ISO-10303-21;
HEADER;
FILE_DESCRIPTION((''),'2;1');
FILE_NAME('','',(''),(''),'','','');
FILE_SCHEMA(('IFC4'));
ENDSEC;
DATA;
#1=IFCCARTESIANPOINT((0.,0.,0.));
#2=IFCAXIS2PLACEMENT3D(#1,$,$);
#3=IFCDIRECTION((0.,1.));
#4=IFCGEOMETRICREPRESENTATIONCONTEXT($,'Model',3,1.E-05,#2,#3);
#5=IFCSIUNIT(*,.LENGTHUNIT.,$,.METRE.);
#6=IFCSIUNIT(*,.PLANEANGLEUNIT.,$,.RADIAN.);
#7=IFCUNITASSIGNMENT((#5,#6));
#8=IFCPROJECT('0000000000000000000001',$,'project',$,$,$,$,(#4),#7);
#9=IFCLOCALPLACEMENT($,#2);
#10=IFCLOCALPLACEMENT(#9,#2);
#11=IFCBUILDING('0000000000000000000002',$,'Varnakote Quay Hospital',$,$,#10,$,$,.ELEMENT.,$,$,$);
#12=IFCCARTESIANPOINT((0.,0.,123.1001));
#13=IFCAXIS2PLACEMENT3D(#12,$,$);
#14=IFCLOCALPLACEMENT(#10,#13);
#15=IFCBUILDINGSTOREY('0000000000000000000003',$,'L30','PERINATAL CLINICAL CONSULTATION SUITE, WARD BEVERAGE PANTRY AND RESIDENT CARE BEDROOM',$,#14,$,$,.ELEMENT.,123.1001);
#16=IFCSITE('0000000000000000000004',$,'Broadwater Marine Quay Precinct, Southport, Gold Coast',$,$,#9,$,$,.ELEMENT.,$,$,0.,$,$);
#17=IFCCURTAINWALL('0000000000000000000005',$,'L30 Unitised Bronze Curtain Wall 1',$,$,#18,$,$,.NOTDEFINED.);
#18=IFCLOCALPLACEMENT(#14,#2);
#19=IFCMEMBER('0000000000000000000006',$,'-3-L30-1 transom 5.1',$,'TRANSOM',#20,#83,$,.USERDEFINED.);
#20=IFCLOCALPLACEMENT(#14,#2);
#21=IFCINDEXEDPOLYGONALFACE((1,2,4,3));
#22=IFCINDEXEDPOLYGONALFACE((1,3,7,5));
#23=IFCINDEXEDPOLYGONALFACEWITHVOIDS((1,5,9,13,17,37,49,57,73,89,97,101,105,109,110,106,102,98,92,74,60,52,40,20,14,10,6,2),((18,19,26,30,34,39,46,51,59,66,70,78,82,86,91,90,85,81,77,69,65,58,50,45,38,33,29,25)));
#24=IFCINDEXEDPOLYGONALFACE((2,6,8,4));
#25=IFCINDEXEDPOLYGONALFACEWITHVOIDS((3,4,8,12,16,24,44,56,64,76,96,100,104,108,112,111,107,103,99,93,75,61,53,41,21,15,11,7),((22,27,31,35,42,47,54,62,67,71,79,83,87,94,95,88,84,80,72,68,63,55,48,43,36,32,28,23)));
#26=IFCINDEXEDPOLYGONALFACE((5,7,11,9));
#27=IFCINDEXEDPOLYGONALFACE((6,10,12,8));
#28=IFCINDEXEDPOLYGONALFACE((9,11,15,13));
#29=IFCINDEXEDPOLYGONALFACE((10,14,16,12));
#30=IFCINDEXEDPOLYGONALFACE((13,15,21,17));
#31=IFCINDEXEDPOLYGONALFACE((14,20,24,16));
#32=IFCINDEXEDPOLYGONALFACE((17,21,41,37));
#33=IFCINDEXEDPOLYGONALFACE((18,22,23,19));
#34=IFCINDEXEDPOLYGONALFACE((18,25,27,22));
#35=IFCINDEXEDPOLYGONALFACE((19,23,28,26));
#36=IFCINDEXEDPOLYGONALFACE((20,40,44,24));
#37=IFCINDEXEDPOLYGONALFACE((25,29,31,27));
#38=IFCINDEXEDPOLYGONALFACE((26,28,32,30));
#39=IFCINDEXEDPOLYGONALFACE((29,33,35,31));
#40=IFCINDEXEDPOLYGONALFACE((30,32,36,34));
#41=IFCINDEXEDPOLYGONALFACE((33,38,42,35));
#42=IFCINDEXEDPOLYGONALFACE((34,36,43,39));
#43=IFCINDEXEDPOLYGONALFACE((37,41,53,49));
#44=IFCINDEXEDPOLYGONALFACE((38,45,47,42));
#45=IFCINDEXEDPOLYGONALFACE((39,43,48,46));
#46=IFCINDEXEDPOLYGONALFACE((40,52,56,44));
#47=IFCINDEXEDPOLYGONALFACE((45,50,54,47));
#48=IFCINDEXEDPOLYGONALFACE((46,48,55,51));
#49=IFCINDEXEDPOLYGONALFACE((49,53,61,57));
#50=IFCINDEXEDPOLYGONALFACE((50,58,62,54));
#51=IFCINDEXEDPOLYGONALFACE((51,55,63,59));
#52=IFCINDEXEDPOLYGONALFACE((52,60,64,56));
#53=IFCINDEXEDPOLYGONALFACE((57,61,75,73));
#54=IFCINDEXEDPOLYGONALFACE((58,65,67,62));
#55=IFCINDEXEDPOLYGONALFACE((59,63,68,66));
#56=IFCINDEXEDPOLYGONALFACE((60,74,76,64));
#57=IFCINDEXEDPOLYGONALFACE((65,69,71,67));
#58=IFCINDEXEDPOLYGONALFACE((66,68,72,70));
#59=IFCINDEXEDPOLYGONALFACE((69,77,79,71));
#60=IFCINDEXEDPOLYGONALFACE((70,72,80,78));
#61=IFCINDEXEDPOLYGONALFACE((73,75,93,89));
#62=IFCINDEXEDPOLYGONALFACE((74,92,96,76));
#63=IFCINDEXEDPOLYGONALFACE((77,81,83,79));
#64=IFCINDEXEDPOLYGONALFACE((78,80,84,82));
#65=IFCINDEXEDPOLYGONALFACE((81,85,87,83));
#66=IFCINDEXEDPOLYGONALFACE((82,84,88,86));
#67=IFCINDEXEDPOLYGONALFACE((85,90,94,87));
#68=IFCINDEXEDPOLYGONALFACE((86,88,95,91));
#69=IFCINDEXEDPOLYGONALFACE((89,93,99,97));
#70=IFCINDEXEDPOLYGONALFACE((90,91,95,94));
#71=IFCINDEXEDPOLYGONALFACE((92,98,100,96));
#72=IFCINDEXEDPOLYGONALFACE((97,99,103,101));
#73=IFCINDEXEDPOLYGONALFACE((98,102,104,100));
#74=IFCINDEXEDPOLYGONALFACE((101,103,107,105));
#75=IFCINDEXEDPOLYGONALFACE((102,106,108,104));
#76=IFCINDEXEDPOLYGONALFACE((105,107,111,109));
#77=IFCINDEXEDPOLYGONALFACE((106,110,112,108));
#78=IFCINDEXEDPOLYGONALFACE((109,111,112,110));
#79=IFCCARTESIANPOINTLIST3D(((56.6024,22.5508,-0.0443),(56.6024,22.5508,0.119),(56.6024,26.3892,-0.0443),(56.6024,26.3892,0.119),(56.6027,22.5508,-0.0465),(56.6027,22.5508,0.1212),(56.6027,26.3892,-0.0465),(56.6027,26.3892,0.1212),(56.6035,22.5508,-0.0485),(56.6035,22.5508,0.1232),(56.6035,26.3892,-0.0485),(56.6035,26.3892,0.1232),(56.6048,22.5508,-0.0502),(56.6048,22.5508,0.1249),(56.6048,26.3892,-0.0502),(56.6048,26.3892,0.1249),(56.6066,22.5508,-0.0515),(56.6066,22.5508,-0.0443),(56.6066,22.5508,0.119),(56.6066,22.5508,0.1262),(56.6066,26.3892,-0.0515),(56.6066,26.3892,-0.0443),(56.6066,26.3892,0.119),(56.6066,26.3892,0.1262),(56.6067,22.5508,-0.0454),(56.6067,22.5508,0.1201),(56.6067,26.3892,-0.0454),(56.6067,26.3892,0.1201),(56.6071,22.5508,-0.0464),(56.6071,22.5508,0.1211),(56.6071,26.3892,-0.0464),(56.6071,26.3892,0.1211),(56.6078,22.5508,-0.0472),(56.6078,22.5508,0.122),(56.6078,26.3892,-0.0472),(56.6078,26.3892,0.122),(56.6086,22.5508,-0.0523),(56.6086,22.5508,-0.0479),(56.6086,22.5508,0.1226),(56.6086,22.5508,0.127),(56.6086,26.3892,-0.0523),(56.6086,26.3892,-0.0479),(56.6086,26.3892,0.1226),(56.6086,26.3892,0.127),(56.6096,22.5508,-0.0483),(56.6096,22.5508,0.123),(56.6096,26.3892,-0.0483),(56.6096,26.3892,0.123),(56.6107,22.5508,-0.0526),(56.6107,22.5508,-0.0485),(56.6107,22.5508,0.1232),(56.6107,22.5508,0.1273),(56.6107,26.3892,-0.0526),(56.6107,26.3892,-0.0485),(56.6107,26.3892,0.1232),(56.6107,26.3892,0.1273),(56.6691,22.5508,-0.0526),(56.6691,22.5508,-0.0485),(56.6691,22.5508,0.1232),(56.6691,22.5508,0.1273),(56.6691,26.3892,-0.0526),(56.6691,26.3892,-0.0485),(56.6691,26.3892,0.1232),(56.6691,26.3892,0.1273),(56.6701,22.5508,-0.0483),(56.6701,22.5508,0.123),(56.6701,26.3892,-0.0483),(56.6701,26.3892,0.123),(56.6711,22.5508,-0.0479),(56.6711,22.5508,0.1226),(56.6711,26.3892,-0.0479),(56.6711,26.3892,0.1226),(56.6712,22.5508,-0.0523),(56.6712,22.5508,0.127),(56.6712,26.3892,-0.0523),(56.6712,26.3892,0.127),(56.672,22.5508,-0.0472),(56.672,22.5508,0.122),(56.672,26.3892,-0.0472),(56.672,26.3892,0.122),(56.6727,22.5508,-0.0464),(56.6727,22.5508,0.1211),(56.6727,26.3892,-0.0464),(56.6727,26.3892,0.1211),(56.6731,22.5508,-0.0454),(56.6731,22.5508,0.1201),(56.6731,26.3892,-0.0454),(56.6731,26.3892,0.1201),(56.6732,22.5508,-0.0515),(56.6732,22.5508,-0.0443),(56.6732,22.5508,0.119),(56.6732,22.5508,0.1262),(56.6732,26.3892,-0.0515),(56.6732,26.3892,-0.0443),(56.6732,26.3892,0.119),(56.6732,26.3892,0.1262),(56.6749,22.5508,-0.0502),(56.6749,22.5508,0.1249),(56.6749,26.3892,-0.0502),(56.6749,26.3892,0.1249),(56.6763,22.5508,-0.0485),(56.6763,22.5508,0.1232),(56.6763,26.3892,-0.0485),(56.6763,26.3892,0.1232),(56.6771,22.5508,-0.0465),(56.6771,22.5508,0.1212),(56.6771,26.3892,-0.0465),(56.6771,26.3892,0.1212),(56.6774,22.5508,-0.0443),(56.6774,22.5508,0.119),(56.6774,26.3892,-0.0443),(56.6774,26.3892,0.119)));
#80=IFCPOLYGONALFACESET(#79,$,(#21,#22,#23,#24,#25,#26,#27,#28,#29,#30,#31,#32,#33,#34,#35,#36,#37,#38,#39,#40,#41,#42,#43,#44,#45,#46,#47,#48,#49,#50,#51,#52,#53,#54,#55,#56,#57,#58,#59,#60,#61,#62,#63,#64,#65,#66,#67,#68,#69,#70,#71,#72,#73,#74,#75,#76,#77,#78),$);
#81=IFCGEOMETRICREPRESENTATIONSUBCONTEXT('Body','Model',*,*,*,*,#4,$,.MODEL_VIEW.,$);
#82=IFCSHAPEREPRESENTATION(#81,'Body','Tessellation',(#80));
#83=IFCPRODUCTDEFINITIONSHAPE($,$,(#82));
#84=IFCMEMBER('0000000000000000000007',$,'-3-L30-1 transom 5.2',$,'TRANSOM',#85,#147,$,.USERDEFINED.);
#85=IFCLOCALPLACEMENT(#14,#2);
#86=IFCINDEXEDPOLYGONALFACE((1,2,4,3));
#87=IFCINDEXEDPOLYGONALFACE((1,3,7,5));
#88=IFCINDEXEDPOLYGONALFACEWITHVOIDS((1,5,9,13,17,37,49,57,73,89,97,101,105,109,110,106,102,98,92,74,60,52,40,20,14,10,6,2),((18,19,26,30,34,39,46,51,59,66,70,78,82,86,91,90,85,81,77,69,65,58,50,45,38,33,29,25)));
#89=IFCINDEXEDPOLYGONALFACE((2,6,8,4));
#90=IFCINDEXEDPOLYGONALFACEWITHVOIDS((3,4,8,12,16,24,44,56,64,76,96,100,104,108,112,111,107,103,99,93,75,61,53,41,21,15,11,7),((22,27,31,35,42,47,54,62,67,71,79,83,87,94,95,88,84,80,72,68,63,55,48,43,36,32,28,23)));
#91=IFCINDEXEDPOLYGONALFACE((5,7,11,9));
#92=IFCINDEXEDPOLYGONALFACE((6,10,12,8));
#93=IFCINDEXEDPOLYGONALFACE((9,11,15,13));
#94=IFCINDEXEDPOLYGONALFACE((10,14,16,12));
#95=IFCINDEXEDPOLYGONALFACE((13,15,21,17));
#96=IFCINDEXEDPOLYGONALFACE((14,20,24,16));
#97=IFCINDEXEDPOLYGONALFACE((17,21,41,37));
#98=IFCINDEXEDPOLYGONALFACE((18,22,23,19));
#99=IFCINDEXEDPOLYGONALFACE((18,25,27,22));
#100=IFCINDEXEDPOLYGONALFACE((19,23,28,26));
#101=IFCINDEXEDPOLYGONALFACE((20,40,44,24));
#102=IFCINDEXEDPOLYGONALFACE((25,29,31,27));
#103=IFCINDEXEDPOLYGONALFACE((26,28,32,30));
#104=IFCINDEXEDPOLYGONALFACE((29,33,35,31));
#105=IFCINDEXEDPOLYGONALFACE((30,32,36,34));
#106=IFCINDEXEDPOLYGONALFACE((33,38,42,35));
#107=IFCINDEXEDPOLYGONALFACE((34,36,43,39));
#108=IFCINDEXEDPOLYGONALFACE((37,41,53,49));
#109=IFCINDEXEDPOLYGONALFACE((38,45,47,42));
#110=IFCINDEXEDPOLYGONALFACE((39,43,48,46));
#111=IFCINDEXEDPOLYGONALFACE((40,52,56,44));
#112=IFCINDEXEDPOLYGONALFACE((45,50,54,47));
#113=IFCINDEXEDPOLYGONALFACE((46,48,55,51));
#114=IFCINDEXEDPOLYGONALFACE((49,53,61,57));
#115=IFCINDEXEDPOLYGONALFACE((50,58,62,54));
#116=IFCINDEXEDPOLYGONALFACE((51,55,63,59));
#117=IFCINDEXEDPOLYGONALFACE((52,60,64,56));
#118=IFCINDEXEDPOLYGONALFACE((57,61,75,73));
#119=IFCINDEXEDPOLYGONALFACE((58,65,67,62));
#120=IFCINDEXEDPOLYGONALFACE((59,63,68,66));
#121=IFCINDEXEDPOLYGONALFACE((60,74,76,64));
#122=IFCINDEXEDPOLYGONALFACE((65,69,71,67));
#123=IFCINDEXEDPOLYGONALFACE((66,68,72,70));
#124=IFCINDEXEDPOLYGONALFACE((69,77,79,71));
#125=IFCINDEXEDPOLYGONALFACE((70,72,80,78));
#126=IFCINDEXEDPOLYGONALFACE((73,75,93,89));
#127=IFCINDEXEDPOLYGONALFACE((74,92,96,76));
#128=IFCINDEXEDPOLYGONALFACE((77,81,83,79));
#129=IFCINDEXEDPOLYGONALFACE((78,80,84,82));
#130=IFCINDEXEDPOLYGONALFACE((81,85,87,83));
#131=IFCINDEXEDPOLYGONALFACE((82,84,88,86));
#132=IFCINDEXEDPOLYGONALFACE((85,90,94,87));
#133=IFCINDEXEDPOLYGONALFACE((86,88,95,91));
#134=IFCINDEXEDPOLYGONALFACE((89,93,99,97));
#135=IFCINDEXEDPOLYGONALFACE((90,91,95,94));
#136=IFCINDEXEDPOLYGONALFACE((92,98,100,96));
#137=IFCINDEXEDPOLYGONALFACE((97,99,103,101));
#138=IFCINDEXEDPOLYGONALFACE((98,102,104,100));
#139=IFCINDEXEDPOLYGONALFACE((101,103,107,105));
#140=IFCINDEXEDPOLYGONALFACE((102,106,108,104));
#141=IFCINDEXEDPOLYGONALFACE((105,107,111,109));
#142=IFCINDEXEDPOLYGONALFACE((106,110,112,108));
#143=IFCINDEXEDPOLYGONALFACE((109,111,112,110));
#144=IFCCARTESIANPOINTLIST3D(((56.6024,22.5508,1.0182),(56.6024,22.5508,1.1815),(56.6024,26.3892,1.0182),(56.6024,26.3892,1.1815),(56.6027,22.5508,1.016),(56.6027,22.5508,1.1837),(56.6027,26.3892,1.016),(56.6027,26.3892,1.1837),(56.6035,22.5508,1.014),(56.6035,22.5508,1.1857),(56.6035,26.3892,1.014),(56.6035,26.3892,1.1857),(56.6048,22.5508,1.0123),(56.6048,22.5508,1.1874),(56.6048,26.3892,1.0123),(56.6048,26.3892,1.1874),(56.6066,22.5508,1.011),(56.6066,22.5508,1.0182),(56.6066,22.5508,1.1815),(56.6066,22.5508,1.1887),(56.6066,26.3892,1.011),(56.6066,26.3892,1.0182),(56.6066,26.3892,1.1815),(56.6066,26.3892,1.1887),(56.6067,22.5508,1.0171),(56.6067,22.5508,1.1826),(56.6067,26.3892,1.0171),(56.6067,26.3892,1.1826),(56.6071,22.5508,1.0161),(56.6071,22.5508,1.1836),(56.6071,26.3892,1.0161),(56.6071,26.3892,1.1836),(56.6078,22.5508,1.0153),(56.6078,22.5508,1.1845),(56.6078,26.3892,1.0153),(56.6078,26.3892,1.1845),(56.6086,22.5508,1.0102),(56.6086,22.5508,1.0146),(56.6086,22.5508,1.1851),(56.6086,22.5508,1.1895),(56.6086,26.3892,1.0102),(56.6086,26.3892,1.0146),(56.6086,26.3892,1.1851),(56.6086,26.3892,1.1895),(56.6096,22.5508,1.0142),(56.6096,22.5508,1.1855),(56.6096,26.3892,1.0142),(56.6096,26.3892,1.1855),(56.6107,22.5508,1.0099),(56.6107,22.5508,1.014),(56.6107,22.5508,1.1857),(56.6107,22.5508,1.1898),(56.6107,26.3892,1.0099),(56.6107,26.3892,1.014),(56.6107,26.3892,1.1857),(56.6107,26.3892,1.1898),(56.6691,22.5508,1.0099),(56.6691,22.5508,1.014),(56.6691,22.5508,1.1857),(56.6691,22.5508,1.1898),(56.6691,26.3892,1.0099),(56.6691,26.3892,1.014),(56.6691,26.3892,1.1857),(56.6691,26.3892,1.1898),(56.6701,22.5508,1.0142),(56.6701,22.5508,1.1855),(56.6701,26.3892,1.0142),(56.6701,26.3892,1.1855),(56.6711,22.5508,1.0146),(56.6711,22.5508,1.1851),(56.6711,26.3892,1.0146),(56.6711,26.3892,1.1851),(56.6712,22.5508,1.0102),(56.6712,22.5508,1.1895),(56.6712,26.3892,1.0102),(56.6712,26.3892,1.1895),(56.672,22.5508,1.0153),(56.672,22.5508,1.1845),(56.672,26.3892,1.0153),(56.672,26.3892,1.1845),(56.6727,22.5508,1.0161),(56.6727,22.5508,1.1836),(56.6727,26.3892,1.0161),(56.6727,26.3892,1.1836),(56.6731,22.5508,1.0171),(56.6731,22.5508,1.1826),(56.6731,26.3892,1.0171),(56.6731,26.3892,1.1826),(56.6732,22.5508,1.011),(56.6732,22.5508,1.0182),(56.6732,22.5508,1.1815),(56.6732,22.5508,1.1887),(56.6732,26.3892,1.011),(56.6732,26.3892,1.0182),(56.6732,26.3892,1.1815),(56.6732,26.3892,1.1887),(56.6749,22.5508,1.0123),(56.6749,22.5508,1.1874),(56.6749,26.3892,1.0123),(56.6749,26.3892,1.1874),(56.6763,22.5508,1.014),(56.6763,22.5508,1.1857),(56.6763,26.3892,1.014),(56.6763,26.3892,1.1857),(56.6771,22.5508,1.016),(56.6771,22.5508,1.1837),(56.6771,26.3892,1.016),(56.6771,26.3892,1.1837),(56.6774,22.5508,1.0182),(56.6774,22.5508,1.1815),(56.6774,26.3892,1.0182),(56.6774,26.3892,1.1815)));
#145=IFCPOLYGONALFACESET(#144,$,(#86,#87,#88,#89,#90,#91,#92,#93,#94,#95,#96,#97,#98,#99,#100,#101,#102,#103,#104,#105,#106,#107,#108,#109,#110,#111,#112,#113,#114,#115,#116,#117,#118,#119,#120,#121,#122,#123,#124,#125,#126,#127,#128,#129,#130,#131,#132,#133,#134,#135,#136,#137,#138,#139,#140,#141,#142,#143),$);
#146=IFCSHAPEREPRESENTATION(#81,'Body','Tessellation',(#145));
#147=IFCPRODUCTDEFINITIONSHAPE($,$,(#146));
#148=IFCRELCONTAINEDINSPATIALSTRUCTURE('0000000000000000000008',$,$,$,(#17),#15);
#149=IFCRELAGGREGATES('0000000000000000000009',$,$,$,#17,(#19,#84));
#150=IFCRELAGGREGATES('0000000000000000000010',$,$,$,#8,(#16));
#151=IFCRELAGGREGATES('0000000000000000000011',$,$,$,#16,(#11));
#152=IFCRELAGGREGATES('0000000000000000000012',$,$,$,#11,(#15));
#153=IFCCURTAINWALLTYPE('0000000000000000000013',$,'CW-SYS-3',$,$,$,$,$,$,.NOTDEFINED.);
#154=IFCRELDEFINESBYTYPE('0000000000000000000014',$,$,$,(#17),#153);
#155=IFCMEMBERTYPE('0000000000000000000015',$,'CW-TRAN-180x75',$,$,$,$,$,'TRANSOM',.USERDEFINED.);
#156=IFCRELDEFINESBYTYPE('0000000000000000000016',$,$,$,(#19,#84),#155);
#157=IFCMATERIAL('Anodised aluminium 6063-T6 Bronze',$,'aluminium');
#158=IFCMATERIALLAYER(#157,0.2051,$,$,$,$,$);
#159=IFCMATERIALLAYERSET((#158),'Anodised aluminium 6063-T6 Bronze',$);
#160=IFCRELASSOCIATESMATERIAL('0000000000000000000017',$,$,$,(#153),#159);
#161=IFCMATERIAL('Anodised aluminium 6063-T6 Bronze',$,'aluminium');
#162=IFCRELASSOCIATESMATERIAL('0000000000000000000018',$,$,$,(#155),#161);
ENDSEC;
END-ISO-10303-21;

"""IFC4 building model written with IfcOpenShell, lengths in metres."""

from ifc_helpers import new_model, si_unit, direction, frame, origin, origin_2d, place, context, subcontext, project, spatial, hollow_rectangle, extrude, material, layer, layer_set, material_profile, profile_set, type_object, element, aggregate, save


model = new_model("IFC4")

# Units and contexts
model_context = context("Model", 3, precision=1e-05, world=origin(), true_north=direction((0.0, 1.0)))
body_context = subcontext(model_context, "Body", "Model", "MODEL_VIEW")
ifc_project = project(units=[si_unit("LENGTHUNIT", "METRE"), si_unit("PLANEANGLEUNIT", "RADIAN")], contexts=[model_context])

# Site, building, storey
site_placement = place(None, origin())
site = spatial("IfcSite", under=ifc_project, at=site_placement, Name="Broadwater Marine Quay Precinct, Southport, Gold Coast", CompositionType="ELEMENT", RefElevation=0.0)
building_placement = place(site_placement, origin())
building = spatial("IfcBuilding", under=site, at=building_placement, Name="Varnakote Quay Hospital", CompositionType="ELEMENT")
storey_placement = place(building_placement, frame((0.0, 0.0, 123.1001)))
storey = spatial("IfcBuildingStorey", under=building, at=storey_placement, Name="L30", Description="PERINATAL CLINICAL CONSULTATION SUITE, WARD BEVERAGE PANTRY AND RESIDENT CARE BEDROOM", CompositionType="ELEMENT", Elevation=123.1001)

# Curtain wall, members
ifc_material_1 = material(Name="Anodised aluminium 6063-T6 Bronze", Category="aluminium")
ifc_layer_1 = layer(ifc_material_1, 0.2051)
ifc_layer_set_1 = layer_set([ifc_layer_1], Name="Anodised aluminium 6063-T6 Bronze")
curtain_wall_type = type_object("IfcCurtainWallType", Name="CW-SYS-3", PredefinedType="NOTDEFINED", material=ifc_layer_set_1)
curtain_wall_placement = place(storey_placement, origin())
curtain_wall = element("IfcCurtainWall", 1, at=curtain_wall_placement, inside=storey, type_object=curtain_wall_type, Name="L30 Unitised Bronze Curtain Wall 1", PredefinedType="NOTDEFINED")
ifc_material_2 = material(Name="Anodised aluminium 6063-T6 Bronze", Category="aluminium")
ifc_material_profile_1 = material_profile(ifc_material_2, hollow_rectangle(XDim=0.075, YDim=0.1799, WallThickness=0.0042, InnerFilletRadius=0.0042, OuterFilletRadius=0.0083, at=origin_2d()), Name="CW-TRAN-180x75")
ifc_profile_set_1 = profile_set([ifc_material_profile_1], Name="Anodised aluminium 6063-T6 Bronze")
member_type_1 = type_object("IfcMemberType", Name="CW-TRAN-180x75", ElementType="TRANSOM", PredefinedType="USERDEFINED", material=ifc_profile_set_1)
member_1_placement = place(storey_placement, frame((56.6399, 22.5508, 0.0374), z_axis=(0.0, 1.0, 0.0), x_axis=(-1.0, 0.0, 0.0)))
member_1 = element("IfcMember", 2, at=member_1_placement, type_object=member_type_1, Name="-3-L30-1 transom 5.1", ObjectType="TRANSOM", PredefinedType="USERDEFINED", context=body_context, shape_type="SweptSolid", body=[
    extrude(hollow_rectangle(XDim=0.075, YDim=0.1799, WallThickness=0.0042, InnerFilletRadius=0.0042, OuterFilletRadius=0.0083, at=origin_2d()), origin(), (0.0, 0.0, 1.0), 3.8384),
])
member_2_placement = place(storey_placement, frame((56.6399, 22.5508, 1.0999), z_axis=(0.0, 1.0, 0.0), x_axis=(-1.0, 0.0, 0.0)))
member_2 = element("IfcMember", 3, at=member_2_placement, type_object=member_type_1, Name="-3-L30-1 transom 5.2", ObjectType="TRANSOM", PredefinedType="USERDEFINED", context=body_context, shape_type="SweptSolid", body=[
    extrude(hollow_rectangle(XDim=0.075, YDim=0.1799, WallThickness=0.0042, InnerFilletRadius=0.0042, OuterFilletRadius=0.0083, at=origin_2d()), origin(), (0.0, 0.0, 1.0), 3.8384),
])
aggregate(curtain_wall, [member_1, member_2])

save(model, "model.ifc")
